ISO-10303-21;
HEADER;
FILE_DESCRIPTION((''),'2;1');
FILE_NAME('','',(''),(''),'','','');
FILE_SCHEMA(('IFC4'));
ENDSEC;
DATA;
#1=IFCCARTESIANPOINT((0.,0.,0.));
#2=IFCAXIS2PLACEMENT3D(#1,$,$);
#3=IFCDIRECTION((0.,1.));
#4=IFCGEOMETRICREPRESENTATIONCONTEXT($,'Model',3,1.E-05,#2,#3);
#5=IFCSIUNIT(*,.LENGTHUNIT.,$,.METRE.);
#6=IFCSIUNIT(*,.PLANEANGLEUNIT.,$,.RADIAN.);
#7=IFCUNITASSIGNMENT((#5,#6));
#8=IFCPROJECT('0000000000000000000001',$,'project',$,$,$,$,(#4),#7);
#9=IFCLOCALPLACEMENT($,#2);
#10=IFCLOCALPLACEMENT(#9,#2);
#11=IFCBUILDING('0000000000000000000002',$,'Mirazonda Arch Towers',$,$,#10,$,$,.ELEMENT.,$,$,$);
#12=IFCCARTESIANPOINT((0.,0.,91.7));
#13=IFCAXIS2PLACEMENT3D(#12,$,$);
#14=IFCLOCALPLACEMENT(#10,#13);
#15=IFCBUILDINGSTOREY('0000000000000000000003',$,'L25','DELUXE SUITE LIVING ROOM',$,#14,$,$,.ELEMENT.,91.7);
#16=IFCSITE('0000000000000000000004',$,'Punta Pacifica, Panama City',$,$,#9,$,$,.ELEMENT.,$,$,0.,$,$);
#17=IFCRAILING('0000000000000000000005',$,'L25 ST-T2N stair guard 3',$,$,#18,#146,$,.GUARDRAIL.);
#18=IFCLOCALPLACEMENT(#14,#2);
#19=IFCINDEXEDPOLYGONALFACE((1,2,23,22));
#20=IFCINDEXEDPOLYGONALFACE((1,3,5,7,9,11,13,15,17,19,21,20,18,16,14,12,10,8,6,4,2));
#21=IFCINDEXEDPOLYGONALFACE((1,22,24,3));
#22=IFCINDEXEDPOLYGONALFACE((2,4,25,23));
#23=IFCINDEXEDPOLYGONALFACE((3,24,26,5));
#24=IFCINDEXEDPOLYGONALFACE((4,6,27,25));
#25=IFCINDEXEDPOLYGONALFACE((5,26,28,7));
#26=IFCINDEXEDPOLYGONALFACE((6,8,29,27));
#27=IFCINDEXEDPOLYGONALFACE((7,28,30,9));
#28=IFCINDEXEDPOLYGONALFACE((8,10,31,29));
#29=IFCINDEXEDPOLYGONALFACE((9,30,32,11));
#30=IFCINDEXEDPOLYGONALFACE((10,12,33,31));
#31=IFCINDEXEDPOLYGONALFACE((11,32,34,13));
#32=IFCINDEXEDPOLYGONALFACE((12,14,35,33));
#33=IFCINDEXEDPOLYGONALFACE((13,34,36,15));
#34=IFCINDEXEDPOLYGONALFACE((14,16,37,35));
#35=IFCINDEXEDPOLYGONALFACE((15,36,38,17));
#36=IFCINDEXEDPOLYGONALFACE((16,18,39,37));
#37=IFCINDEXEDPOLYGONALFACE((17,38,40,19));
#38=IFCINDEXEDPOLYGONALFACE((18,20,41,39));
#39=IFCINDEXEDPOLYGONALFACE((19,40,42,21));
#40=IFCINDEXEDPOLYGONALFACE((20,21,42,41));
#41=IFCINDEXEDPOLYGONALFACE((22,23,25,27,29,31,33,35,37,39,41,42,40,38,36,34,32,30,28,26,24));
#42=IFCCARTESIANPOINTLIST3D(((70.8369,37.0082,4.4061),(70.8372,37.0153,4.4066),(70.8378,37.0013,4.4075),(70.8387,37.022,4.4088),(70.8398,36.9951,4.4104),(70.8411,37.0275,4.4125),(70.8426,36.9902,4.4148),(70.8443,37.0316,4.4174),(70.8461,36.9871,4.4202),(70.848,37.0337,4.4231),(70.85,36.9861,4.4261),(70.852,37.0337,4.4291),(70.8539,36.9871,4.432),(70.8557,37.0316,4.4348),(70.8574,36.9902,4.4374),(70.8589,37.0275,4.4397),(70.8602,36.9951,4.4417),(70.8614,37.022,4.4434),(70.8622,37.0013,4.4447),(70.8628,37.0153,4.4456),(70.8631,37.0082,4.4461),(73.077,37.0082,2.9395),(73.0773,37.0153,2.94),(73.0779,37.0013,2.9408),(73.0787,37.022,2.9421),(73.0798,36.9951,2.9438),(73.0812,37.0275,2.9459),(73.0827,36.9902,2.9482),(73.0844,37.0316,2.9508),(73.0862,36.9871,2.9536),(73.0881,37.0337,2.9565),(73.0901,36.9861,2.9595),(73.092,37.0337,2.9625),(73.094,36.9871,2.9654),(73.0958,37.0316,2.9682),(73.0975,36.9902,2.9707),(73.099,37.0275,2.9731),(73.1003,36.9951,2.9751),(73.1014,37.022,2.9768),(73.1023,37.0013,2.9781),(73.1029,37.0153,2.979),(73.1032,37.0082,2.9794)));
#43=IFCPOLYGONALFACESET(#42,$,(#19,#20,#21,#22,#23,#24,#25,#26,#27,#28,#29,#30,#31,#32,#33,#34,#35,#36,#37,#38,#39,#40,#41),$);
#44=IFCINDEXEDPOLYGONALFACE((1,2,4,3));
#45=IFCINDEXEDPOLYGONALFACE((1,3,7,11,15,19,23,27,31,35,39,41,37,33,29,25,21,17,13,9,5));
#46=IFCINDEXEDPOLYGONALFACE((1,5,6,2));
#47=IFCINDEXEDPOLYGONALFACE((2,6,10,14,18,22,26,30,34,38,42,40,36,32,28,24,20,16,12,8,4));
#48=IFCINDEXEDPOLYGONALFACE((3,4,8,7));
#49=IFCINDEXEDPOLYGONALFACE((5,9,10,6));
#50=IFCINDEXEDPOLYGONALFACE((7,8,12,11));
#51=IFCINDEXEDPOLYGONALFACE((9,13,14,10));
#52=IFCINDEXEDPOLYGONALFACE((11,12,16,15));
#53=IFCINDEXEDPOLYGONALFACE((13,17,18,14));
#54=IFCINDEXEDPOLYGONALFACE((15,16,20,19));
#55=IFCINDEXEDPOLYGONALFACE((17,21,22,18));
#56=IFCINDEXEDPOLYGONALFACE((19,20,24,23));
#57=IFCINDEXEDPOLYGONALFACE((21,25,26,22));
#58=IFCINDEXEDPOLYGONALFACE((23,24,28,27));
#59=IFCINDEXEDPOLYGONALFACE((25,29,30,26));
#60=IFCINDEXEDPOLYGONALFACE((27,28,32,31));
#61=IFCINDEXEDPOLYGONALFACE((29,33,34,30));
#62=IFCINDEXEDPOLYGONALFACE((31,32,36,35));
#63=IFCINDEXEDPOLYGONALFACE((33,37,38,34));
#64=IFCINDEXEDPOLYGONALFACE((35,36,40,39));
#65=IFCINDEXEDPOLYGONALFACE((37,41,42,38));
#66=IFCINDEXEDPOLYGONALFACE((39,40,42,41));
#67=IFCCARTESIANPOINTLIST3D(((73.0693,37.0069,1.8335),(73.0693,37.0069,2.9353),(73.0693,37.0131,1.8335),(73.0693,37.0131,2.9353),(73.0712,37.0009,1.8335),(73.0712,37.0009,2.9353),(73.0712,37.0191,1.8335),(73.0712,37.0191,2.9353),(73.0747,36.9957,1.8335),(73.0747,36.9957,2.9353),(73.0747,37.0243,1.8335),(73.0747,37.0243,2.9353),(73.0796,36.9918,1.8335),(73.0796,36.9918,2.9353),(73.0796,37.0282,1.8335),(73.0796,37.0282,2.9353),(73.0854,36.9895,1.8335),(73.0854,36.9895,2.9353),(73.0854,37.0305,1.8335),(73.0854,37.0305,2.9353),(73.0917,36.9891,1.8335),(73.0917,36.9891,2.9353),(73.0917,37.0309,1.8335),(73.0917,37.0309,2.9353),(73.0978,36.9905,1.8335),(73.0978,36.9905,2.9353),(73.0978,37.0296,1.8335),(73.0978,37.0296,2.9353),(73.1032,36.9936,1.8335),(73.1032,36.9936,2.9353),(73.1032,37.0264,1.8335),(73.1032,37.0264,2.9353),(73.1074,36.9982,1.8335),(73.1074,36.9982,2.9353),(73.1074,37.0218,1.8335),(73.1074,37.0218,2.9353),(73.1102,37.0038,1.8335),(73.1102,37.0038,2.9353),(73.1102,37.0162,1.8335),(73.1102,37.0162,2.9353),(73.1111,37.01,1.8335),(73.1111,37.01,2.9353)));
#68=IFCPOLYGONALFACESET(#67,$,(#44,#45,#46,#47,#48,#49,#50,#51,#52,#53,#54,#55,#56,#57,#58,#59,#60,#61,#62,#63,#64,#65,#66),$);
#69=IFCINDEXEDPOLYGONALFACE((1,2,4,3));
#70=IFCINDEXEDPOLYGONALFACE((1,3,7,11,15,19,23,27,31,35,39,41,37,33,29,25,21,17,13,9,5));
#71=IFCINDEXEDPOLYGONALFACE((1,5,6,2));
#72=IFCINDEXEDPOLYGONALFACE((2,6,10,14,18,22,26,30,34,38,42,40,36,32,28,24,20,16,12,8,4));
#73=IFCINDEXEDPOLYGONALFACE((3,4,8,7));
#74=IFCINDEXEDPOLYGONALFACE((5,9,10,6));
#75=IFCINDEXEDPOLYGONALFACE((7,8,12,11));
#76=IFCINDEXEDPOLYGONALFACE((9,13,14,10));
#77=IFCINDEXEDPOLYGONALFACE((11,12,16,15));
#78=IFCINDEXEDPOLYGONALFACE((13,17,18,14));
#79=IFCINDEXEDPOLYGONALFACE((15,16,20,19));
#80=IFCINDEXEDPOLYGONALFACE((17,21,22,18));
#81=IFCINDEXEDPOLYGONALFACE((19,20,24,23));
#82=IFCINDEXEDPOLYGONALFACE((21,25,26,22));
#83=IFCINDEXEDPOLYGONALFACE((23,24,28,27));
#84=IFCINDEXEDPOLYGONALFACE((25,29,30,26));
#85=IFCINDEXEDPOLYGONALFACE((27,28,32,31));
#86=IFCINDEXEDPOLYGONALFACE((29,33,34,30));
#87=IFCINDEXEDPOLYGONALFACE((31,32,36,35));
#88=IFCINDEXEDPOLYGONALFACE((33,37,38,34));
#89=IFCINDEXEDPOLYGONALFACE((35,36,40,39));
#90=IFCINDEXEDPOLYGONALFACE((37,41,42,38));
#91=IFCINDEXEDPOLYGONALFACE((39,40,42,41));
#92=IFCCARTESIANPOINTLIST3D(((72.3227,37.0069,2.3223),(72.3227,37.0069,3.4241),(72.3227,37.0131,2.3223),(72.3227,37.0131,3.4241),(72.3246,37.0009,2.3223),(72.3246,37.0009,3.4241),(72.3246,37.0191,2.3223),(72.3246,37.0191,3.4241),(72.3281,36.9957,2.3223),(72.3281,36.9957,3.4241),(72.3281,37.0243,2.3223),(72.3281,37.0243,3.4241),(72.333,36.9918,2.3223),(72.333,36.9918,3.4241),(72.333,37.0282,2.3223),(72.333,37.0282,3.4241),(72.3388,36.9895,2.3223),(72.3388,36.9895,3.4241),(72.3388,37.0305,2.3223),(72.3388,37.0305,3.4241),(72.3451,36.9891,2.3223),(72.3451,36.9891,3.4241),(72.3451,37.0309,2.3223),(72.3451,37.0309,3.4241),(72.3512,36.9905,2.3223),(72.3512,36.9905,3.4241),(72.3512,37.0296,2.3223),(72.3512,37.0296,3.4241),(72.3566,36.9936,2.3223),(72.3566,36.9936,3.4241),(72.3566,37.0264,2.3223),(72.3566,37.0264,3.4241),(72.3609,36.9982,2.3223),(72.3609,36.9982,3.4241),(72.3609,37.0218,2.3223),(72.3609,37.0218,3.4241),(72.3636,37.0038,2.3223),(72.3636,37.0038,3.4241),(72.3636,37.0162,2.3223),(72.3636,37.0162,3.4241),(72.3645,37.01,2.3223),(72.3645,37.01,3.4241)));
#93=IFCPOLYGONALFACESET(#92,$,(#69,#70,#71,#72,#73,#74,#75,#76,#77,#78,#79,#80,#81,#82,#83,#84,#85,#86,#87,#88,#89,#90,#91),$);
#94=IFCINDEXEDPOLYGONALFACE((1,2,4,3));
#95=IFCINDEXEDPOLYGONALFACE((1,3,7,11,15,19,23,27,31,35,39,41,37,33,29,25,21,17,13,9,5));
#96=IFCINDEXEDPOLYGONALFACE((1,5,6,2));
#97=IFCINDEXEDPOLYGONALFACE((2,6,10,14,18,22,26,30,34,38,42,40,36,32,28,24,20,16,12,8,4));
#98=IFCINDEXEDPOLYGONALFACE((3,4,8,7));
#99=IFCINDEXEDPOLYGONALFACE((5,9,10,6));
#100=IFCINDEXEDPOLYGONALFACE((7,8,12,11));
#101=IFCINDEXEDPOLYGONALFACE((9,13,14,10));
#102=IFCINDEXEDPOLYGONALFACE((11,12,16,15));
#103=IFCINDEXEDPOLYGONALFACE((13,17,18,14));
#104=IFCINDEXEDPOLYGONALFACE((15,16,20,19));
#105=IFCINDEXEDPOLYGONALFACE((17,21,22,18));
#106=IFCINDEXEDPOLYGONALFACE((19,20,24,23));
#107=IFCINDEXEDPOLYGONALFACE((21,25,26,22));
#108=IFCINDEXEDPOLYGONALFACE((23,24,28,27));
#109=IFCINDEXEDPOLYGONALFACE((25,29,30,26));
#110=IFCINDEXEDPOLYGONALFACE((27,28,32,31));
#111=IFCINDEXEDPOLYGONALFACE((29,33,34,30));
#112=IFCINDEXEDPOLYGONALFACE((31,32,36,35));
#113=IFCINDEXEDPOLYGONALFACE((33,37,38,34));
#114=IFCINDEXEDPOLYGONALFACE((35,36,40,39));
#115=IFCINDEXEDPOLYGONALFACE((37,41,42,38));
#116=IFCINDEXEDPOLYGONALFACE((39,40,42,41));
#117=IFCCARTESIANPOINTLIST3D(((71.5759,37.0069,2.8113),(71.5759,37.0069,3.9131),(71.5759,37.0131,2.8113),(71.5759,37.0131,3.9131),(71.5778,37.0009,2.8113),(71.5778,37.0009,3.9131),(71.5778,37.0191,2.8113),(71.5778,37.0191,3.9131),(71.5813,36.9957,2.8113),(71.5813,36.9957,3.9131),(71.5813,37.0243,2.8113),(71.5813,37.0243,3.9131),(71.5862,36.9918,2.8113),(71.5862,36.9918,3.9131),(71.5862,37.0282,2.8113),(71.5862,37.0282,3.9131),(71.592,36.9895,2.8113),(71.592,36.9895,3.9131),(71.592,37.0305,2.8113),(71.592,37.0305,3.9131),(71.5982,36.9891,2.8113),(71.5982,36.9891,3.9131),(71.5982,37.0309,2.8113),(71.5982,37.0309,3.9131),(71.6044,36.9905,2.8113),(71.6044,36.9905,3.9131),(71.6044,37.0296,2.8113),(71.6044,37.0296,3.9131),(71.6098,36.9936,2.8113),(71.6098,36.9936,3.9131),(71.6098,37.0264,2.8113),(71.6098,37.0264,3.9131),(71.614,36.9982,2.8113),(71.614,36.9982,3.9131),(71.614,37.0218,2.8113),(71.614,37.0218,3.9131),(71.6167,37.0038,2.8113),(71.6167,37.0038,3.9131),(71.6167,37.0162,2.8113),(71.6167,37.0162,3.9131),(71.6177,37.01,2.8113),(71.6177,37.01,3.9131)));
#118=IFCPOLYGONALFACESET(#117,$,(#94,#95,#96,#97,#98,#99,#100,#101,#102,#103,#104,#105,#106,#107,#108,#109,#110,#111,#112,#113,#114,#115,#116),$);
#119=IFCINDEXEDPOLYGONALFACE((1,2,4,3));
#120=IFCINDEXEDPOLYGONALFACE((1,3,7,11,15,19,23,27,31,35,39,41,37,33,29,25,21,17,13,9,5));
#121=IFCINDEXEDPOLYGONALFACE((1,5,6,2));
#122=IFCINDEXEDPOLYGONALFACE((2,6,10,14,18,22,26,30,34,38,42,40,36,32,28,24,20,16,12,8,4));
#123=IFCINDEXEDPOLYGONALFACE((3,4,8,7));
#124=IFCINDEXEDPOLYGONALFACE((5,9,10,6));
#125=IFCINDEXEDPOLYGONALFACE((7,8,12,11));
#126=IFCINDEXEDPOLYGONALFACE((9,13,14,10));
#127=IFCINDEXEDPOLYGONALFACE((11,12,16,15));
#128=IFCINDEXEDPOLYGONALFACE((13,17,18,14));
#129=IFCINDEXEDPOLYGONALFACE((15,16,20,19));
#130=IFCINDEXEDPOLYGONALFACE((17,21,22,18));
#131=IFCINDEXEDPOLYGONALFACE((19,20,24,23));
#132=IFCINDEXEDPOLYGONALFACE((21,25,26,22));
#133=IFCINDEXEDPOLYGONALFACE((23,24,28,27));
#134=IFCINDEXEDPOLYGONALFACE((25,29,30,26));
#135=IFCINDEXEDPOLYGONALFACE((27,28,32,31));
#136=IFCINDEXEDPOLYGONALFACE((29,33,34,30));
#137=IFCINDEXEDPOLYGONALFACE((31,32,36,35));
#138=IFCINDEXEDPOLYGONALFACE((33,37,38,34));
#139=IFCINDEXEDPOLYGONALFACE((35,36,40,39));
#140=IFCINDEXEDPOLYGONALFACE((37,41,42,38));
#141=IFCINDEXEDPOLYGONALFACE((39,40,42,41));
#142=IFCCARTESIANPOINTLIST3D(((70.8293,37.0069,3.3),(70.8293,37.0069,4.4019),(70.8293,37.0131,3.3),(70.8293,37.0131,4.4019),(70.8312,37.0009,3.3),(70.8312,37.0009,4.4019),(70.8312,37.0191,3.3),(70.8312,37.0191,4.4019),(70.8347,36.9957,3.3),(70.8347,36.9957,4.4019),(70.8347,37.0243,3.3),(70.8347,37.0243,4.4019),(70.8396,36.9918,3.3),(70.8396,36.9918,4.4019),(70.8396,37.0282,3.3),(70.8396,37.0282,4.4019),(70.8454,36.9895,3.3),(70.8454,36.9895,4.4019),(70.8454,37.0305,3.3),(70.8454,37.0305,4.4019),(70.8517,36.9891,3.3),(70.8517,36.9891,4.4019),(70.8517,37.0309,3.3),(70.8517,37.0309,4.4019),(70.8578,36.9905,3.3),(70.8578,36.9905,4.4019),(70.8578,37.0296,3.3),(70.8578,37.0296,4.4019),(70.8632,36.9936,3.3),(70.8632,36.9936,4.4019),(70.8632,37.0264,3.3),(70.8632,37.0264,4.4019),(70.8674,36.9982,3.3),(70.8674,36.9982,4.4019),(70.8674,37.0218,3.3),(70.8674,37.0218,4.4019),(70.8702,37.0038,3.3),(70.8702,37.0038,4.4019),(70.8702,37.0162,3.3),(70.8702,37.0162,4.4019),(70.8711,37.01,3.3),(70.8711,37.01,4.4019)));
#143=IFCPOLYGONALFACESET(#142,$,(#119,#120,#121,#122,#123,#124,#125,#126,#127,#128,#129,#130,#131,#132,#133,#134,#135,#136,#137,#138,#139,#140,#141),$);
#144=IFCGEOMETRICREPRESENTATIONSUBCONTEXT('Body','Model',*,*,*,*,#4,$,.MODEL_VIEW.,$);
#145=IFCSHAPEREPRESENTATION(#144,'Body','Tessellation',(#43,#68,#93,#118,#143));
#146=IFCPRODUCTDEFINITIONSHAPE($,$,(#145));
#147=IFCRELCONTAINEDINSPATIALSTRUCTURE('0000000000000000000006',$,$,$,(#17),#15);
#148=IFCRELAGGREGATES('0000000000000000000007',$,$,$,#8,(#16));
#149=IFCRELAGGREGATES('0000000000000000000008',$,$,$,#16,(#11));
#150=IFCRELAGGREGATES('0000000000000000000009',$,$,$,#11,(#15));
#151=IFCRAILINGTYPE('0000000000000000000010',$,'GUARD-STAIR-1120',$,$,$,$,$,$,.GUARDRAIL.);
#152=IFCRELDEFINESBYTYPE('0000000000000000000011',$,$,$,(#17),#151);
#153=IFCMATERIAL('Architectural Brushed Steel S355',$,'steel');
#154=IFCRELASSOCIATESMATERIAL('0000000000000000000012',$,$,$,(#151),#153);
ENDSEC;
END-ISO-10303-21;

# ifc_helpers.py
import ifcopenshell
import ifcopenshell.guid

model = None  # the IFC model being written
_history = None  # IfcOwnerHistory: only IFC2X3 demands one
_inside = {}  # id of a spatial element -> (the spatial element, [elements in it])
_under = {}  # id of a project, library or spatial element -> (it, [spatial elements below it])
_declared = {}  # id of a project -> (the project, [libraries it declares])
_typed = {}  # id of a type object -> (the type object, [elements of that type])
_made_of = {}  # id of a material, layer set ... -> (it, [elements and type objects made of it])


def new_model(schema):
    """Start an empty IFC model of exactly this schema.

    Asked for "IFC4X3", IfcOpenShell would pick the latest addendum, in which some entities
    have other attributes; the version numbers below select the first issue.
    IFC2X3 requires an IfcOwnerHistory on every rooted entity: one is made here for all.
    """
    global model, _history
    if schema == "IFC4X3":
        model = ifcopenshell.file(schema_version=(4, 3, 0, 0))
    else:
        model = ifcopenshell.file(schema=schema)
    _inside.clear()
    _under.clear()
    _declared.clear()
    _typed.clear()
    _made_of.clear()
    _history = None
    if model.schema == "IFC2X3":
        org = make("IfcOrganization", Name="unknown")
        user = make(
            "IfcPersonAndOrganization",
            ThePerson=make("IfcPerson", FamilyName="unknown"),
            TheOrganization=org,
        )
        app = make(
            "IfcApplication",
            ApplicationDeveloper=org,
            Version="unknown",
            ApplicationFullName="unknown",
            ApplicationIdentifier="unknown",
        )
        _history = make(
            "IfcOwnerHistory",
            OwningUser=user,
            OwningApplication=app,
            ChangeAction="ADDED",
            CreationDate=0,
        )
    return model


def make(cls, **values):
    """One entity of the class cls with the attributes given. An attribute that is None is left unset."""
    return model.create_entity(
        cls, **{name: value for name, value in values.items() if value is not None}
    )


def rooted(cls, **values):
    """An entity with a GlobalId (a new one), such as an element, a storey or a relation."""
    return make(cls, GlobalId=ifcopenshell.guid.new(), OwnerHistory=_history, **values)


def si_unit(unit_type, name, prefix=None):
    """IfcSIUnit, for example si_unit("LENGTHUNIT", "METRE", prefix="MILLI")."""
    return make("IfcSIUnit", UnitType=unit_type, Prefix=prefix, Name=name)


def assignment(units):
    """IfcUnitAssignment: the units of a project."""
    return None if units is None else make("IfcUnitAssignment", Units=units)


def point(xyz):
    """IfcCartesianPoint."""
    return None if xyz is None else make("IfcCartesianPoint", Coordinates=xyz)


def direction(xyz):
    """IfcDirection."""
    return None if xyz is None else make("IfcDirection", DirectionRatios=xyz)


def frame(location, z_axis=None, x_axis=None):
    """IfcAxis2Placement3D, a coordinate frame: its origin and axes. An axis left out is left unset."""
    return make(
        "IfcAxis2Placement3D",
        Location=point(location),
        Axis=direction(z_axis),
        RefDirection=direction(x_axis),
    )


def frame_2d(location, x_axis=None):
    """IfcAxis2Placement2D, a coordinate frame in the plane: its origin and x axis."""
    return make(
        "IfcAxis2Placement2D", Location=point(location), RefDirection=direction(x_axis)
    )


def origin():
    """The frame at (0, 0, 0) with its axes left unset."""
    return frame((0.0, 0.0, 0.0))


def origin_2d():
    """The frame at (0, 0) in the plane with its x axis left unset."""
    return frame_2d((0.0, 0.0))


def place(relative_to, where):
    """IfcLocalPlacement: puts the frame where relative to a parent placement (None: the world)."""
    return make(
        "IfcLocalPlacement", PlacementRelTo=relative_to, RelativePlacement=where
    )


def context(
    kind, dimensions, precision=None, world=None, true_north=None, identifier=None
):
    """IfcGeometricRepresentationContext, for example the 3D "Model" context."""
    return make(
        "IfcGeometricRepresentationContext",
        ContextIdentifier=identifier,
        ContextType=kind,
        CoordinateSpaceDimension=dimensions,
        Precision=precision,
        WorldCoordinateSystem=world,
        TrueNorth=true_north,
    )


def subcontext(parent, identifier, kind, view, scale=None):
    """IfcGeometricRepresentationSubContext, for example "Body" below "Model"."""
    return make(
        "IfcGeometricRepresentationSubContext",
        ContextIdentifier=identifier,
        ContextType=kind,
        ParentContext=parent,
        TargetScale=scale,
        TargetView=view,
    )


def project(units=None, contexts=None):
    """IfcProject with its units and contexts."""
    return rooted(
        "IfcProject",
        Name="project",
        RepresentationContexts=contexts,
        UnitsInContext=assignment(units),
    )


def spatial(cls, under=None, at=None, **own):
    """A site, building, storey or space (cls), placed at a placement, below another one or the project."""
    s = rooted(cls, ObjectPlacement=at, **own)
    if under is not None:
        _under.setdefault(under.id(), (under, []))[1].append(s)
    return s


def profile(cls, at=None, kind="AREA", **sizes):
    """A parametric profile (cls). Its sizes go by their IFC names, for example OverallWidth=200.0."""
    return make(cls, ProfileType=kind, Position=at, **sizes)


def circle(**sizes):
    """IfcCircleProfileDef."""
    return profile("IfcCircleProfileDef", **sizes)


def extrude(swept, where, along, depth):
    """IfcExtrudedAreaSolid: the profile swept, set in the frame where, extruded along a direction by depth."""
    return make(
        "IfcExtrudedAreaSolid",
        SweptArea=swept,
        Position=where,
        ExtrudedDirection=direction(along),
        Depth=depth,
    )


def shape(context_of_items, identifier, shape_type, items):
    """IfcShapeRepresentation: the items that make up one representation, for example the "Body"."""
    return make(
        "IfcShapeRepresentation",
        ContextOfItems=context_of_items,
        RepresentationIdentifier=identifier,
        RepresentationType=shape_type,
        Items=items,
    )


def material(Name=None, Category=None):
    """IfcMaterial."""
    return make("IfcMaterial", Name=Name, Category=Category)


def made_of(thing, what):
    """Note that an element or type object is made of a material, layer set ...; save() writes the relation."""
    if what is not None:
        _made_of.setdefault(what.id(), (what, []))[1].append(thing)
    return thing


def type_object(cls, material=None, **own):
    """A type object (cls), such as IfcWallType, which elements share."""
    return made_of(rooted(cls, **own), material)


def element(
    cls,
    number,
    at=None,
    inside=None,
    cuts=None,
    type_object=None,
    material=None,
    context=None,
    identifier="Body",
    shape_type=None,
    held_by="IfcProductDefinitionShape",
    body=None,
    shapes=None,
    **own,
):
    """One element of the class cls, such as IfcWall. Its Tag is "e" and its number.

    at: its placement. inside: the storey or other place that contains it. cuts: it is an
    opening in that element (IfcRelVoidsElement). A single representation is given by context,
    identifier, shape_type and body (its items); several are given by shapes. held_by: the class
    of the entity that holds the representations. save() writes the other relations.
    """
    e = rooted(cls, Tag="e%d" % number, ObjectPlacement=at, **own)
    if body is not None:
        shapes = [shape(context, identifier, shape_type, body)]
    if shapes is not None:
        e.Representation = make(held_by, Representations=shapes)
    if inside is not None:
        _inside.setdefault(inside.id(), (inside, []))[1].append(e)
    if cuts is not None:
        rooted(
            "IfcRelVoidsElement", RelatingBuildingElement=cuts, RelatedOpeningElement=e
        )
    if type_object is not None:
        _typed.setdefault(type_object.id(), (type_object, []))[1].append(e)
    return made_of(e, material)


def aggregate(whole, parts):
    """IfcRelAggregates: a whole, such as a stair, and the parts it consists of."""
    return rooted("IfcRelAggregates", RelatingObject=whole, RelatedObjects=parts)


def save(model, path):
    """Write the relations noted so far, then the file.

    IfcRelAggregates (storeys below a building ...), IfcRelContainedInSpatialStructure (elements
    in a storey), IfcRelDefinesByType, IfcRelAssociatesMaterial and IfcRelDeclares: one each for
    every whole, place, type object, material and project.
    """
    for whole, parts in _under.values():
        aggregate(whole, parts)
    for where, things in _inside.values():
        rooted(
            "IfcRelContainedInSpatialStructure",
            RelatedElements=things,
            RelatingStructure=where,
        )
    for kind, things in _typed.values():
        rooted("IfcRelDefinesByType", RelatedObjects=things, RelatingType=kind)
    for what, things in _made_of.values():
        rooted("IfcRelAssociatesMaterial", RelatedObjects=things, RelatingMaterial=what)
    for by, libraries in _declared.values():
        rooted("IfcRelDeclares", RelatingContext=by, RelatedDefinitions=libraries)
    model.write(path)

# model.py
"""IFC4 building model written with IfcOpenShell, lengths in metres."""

from ifc_helpers import new_model, si_unit, direction, frame, origin, origin_2d, place, context, subcontext, project, spatial, circle, extrude, material, type_object, element, save


model = new_model("IFC4")

# Units and contexts
model_context = context("Model", 3, precision=1e-05, world=origin(), true_north=direction((0.0, 1.0)))
body_context = subcontext(model_context, "Body", "Model", "MODEL_VIEW")
ifc_project = project(units=[si_unit("LENGTHUNIT", "METRE"), si_unit("PLANEANGLEUNIT", "RADIAN")], contexts=[model_context])

# Site, building, storey
site_placement = place(None, origin())
site = spatial("IfcSite", under=ifc_project, at=site_placement, Name="Punta Pacifica, Panama City", CompositionType="ELEMENT", RefElevation=0.0)
building_placement = place(site_placement, origin())
building = spatial("IfcBuilding", under=site, at=building_placement, Name="Mirazonda Arch Towers", CompositionType="ELEMENT")
storey_placement = place(building_placement, frame((0.0, 0.0, 91.7)))
storey = spatial("IfcBuildingStorey", under=building, at=storey_placement, Name="L25", Description="DELUXE SUITE LIVING ROOM", CompositionType="ELEMENT", Elevation=91.7)

# Railing
ifc_material_1 = material(Name="Architectural Brushed Steel S355", Category="steel")
railing_type_1 = type_object("IfcRailingType", Name="GUARD-STAIR-1120", PredefinedType="GUARDRAIL", material=ifc_material_1)
railing_1_placement = place(storey_placement, frame((73.0901, 37.01, 1.8335)))
element("IfcRailing", 1, at=railing_1_placement, inside=storey, type_object=railing_type_1, Name="L25 ST-T2N stair guard 3", PredefinedType="GUARDRAIL", context=body_context, shape_type="SweptSolid", body=[
    extrude(circle(Radius=0.0239, at=origin_2d()), frame((0.0, 0.0, 1.126), z_axis=(-0.836637, 0.0, 0.547758), x_axis=(0.0, -1.0, 0.0)), (0.0, 0.0, 1.0), 2.6775),
    extrude(circle(Radius=0.021, at=origin_2d()), origin(), (0.0, 0.0, 1.0), 1.1018),
    extrude(circle(Radius=0.021, at=origin_2d()), frame((-0.7466, 0.0, 0.4888)), (0.0, 0.0, 1.0), 1.1018),
    extrude(circle(Radius=0.021, at=origin_2d()), frame((-1.4934, 0.0, 0.9778)), (0.0, 0.0, 1.0), 1.1018),
    extrude(circle(Radius=0.021, at=origin_2d()), frame((-2.24, 0.0, 1.4666)), (0.0, 0.0, 1.0), 1.1018),
])

save(model, "model.ifc")
